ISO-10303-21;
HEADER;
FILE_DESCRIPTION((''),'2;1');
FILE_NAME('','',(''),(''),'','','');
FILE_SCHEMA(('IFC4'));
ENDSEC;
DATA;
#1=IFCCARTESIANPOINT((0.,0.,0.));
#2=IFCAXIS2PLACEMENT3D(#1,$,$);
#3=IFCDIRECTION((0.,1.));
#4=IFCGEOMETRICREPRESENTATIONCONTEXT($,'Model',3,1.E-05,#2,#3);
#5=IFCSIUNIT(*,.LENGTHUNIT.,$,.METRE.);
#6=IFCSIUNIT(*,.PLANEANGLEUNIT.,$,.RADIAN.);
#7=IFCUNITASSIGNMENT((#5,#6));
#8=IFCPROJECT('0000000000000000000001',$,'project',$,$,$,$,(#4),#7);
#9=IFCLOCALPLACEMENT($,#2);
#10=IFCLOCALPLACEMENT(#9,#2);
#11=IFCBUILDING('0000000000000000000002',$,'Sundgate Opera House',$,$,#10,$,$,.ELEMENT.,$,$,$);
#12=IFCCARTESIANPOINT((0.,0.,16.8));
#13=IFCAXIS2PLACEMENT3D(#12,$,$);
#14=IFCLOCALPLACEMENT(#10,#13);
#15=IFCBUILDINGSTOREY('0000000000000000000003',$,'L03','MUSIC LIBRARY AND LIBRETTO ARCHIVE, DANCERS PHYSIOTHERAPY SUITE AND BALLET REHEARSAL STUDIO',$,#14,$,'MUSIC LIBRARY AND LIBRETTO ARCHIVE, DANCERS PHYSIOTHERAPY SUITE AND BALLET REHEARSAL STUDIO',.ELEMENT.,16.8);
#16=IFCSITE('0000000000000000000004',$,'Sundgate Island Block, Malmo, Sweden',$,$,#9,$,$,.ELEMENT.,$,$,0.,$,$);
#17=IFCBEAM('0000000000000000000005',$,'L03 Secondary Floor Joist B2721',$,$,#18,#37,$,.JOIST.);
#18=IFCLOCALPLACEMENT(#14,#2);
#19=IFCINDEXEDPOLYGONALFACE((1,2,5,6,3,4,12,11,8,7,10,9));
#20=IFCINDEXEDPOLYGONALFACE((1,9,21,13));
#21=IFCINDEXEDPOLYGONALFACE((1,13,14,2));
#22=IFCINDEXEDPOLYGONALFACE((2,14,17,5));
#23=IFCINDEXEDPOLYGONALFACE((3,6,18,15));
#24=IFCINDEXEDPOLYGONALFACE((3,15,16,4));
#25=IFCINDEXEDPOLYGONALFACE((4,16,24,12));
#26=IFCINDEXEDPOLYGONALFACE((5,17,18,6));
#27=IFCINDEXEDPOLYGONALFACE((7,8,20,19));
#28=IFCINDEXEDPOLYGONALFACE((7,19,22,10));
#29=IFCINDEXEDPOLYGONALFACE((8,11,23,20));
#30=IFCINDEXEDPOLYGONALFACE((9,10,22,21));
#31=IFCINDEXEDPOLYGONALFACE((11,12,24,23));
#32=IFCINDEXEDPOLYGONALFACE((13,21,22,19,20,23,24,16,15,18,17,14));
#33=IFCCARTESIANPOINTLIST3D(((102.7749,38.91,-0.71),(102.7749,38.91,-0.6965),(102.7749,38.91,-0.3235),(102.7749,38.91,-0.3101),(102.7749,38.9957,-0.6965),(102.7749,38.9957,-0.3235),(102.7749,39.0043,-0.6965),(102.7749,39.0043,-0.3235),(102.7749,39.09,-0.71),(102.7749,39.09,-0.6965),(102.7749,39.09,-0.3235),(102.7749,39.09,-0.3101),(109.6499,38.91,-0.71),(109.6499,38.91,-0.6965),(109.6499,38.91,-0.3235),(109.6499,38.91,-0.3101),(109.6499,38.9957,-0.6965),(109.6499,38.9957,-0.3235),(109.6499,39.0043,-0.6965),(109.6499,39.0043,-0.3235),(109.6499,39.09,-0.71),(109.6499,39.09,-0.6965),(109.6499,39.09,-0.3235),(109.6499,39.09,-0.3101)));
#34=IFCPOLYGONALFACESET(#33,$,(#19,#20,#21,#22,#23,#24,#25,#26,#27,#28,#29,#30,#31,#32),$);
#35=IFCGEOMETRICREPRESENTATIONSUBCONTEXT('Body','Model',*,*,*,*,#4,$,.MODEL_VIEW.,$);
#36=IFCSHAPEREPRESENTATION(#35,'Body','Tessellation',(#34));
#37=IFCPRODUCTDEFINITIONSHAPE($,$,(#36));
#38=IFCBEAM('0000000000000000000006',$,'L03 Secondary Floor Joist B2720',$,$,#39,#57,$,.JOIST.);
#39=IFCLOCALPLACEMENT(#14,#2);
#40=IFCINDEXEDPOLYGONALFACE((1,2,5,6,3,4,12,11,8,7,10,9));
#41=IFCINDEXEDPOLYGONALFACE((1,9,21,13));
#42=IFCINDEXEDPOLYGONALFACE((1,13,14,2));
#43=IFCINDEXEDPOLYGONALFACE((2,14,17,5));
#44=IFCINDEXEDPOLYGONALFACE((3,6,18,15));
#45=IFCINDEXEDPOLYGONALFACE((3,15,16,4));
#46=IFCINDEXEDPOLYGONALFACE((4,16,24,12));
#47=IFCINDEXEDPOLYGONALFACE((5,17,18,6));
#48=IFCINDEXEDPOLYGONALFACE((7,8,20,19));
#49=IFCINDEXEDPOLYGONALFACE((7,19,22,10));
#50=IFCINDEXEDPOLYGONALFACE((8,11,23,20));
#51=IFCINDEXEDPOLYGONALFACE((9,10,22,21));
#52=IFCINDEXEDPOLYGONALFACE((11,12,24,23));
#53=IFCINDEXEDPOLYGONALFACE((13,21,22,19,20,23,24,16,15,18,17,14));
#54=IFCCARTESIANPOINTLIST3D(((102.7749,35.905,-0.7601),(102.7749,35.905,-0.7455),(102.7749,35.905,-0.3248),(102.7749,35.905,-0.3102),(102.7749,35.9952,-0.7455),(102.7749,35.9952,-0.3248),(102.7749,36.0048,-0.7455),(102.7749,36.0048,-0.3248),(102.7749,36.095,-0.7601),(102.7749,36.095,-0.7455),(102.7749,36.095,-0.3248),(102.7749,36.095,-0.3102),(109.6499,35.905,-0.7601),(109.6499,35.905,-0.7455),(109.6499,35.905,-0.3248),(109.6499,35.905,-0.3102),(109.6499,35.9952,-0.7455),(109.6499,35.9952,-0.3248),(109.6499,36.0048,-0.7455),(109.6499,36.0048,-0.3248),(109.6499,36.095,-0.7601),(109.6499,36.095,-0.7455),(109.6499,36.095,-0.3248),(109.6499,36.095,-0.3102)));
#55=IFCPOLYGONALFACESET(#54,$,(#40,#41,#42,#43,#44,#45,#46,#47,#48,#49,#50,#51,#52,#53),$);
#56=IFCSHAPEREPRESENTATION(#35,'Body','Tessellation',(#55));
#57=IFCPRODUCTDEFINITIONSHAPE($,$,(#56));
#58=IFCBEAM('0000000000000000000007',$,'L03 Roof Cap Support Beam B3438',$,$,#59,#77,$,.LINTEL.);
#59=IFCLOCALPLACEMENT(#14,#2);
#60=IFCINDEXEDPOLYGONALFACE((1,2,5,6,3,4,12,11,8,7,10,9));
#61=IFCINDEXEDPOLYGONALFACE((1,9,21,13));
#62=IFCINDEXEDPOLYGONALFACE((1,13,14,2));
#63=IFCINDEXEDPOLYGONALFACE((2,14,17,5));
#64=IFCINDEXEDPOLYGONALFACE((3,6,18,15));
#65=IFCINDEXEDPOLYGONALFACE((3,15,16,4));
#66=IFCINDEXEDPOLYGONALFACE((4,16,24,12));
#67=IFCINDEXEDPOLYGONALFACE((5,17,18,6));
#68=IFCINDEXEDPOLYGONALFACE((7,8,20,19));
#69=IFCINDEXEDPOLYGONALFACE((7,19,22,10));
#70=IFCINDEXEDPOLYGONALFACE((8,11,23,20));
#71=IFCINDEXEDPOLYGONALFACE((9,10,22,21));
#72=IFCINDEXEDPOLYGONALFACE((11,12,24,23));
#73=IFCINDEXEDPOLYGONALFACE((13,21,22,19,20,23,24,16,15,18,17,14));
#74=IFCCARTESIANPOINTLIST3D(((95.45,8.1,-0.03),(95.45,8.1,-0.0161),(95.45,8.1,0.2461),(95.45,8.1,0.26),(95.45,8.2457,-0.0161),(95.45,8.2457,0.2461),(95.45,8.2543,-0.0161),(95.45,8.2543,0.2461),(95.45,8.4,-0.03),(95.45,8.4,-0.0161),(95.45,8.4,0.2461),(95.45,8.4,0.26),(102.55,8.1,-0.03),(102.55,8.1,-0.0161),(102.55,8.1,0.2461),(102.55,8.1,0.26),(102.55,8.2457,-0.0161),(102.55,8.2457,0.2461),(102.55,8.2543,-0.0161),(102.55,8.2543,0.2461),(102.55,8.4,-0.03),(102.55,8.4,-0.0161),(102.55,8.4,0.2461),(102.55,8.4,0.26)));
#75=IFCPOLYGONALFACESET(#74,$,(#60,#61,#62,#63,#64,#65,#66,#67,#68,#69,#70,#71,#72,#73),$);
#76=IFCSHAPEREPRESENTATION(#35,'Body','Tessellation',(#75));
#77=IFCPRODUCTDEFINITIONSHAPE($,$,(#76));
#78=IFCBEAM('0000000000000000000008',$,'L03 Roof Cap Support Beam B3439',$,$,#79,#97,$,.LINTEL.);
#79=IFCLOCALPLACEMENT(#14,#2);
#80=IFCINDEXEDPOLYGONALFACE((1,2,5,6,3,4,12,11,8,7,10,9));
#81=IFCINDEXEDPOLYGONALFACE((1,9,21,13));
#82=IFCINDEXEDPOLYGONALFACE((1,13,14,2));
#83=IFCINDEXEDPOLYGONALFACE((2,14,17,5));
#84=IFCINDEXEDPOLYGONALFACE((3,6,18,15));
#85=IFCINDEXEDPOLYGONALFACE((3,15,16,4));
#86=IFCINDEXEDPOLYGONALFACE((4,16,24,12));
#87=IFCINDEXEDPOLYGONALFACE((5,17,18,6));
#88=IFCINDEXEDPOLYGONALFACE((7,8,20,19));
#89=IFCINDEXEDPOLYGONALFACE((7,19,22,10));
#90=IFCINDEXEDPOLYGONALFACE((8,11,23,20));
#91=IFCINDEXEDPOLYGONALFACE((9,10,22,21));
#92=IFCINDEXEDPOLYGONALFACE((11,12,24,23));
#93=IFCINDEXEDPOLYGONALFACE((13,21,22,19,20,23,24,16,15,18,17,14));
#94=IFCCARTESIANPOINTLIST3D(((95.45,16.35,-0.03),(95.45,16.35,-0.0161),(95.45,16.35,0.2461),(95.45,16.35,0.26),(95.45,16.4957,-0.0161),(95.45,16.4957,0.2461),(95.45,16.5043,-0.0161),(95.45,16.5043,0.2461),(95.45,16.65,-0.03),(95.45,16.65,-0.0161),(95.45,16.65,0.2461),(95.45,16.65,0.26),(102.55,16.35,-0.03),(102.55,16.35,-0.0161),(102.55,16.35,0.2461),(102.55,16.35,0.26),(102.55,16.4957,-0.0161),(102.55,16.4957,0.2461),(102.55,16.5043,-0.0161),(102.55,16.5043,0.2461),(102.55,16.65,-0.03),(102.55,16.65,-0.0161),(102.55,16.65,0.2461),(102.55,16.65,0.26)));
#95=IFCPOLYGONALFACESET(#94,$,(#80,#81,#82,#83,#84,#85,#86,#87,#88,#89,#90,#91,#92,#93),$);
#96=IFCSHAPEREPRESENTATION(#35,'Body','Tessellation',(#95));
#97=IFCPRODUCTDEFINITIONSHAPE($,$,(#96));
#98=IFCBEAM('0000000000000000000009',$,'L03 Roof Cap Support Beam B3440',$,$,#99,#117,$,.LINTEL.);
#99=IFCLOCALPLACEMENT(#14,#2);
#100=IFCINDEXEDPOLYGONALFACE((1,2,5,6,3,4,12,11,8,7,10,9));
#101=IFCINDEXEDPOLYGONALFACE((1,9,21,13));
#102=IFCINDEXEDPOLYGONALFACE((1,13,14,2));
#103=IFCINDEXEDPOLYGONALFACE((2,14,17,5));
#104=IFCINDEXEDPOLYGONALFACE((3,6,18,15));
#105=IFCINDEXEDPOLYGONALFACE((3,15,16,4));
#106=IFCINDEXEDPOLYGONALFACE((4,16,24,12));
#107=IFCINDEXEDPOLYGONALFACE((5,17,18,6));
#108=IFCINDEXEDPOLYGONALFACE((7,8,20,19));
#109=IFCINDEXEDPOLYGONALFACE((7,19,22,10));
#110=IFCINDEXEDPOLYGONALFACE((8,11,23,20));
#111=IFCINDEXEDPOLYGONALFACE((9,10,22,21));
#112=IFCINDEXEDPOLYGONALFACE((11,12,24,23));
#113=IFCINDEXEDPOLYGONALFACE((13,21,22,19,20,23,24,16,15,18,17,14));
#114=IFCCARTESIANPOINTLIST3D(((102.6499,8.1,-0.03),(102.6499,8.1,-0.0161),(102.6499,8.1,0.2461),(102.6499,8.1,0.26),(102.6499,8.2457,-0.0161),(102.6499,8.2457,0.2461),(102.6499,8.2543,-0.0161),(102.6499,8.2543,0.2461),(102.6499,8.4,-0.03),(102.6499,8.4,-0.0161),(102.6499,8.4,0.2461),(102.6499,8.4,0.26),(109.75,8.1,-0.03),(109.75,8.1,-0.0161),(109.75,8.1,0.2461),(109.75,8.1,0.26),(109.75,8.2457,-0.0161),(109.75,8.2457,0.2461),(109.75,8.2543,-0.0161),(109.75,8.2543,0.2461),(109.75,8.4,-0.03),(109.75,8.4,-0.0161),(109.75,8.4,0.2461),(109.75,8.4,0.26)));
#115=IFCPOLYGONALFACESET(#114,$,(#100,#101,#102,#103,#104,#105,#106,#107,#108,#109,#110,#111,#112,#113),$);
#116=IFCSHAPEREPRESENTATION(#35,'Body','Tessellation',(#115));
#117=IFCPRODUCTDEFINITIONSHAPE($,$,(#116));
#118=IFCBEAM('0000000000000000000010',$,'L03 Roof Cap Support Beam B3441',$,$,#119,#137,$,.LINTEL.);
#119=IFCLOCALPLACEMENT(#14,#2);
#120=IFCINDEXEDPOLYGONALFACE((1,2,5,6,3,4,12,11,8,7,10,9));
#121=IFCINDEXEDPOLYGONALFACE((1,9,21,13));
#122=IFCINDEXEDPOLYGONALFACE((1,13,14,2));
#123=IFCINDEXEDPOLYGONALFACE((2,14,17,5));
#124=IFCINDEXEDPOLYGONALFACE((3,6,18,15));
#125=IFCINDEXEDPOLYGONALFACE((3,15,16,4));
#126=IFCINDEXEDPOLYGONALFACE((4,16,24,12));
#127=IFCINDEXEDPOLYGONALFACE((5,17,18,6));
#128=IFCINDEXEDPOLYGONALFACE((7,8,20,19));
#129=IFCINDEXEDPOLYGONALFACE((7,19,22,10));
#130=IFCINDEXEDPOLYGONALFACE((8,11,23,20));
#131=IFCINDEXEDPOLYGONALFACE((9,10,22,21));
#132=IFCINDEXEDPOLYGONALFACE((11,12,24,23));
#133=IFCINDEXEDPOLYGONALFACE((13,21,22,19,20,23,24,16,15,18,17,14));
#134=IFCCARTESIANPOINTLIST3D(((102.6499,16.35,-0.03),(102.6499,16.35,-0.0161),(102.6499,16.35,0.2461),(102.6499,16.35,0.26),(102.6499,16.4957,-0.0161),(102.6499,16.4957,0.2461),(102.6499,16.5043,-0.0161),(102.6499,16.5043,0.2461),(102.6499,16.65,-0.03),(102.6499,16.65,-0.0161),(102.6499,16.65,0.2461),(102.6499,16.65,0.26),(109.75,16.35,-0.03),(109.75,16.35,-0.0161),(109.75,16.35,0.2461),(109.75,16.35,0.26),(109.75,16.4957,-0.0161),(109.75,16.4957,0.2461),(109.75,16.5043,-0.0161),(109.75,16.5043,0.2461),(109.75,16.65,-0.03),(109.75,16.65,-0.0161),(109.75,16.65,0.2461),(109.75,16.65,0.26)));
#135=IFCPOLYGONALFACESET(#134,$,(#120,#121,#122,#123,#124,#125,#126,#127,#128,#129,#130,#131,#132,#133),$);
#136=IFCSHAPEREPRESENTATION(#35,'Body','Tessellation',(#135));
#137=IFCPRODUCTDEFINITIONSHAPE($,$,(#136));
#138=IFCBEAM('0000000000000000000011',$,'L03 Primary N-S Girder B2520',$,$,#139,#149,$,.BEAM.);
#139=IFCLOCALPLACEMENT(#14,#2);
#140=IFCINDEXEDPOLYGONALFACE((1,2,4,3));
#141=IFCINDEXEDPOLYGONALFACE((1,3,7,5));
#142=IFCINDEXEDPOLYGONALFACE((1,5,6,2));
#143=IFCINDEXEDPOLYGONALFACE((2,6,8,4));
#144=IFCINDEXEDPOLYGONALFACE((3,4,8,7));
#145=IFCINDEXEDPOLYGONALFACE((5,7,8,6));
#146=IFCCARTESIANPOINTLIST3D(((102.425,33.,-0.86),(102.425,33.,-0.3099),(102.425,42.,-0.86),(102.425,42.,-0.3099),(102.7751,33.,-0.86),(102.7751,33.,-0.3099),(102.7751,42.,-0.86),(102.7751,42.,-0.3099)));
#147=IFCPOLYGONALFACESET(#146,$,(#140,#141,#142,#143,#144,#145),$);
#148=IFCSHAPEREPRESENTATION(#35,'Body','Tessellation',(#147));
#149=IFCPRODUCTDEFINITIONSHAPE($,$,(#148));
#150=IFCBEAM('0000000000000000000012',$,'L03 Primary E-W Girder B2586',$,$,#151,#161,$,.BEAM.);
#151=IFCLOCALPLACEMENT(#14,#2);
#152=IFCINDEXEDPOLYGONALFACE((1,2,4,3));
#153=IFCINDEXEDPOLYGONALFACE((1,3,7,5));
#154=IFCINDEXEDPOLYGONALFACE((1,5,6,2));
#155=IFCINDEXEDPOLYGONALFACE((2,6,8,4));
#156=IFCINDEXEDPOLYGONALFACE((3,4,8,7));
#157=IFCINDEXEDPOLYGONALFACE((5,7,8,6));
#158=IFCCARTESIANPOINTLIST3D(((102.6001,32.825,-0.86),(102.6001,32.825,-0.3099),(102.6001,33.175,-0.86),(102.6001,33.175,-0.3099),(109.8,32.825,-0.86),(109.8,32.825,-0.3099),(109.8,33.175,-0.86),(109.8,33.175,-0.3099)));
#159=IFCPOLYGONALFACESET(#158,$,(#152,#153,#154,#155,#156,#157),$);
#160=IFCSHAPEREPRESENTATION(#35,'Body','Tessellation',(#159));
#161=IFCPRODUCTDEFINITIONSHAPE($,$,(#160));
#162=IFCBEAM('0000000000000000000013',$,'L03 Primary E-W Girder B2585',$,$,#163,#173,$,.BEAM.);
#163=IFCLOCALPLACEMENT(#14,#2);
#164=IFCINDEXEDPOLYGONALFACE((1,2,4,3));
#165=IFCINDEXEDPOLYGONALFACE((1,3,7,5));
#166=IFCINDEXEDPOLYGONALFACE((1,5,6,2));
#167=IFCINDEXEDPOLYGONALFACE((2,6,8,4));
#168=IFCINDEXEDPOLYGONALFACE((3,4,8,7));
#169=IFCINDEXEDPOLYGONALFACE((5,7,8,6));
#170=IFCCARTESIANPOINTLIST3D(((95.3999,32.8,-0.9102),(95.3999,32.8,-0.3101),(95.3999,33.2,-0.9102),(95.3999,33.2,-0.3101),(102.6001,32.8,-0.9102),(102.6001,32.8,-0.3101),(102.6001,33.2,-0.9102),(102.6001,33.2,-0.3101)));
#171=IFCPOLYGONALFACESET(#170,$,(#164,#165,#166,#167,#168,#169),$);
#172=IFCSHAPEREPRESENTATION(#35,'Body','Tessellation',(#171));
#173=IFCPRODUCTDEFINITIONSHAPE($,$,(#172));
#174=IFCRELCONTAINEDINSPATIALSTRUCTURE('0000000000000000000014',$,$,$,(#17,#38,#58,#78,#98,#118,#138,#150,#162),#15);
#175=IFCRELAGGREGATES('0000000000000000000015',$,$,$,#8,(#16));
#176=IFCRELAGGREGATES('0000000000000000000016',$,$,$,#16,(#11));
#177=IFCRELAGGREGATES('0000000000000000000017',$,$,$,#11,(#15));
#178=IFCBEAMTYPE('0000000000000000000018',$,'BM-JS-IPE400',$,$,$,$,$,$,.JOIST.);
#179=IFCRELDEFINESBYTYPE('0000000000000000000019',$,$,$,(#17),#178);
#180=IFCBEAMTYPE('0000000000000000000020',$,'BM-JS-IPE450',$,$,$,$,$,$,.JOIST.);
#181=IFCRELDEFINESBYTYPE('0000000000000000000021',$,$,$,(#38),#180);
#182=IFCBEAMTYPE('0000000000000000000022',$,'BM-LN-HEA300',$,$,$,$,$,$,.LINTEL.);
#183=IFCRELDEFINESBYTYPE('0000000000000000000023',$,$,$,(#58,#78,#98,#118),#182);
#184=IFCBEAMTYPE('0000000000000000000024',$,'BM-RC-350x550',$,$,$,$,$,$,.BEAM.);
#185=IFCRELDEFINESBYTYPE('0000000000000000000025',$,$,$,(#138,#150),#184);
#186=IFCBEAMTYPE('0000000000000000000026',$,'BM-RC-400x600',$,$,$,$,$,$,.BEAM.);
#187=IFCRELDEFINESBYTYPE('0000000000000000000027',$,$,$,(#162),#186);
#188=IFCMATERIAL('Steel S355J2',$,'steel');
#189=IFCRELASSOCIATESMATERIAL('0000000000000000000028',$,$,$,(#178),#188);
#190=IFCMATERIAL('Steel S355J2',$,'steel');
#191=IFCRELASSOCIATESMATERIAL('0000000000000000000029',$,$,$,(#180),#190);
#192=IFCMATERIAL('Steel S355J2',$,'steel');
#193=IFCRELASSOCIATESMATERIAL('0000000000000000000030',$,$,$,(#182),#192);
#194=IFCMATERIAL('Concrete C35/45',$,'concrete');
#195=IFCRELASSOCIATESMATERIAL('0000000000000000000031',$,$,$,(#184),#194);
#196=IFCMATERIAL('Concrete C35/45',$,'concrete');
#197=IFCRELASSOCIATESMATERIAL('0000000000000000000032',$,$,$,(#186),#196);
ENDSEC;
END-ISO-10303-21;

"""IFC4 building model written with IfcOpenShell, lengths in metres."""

from ifc_helpers import new_model, si_unit, direction, frame, origin, origin_2d, place, context, subcontext, project, spatial, rectangle, i_section, extrude, material, material_profile, profile_set, type_object, element, save


model = new_model("IFC4")

# Units and contexts
model_context = context("Model", 3, precision=1e-05, world=origin(), true_north=direction((0.0, 1.0)))
body_context = subcontext(model_context, "Body", "Model", "MODEL_VIEW")
ifc_project = project(units=[si_unit("LENGTHUNIT", "METRE"), si_unit("PLANEANGLEUNIT", "RADIAN")], contexts=[model_context])

# Site, building, storey
site_placement = place(None, origin())
site = spatial("IfcSite", under=ifc_project, at=site_placement, Name="Sundgate Island Block, Malmo, Sweden", CompositionType="ELEMENT", RefElevation=0.0)
building_placement = place(site_placement, origin())
building = spatial("IfcBuilding", under=site, at=building_placement, Name="Sundgate Opera House", CompositionType="ELEMENT")
storey_placement = place(building_placement, frame((0.0, 0.0, 16.8)))
storey = spatial("IfcBuildingStorey", under=building, at=storey_placement, Name="L03", Description="MUSIC LIBRARY AND LIBRETTO ARCHIVE, DANCERS PHYSIOTHERAPY SUITE AND BALLET REHEARSAL STUDIO", LongName="MUSIC LIBRARY AND LIBRETTO ARCHIVE, DANCERS PHYSIOTHERAPY SUITE AND BALLET REHEARSAL STUDIO", CompositionType="ELEMENT", Elevation=16.8)

# Beams
ifc_material_1 = material(Name="Steel S355J2", Category="steel")
ifc_material_profile_1 = material_profile(ifc_material_1, i_section(OverallWidth=0.1799, OverallDepth=0.3999, WebThickness=0.0085, FlangeThickness=0.0134, at=origin_2d()), Name="IPE 400")
ifc_profile_set_1 = profile_set([ifc_material_profile_1], Name="Steel S355J2")
beam_type_1 = type_object("IfcBeamType", Name="BM-JS-IPE400", PredefinedType="JOIST", material=ifc_profile_set_1)
beam_1_placement = place(storey_placement, frame((102.7749, 39.0, -0.51), z_axis=(1.0, 0.0, 0.0), x_axis=(0.0, 1.0, 0.0)))
element("IfcBeam", 1, at=beam_1_placement, inside=storey, type_object=beam_type_1, Name="L03 Secondary Floor Joist B2721", PredefinedType="JOIST", context=body_context, shape_type="SweptSolid", body=[
    extrude(i_section(OverallWidth=0.1799, OverallDepth=0.3999, WebThickness=0.0085, FlangeThickness=0.0134, at=origin_2d()), origin(), (0.0, 0.0, 1.0), 6.875),
])
ifc_material_2 = material(Name="Steel S355J2", Category="steel")
ifc_material_profile_2 = material_profile(ifc_material_2, i_section(OverallWidth=0.1899, OverallDepth=0.45, WebThickness=0.0095, FlangeThickness=0.0146, at=origin_2d()), Name="IPE 450")
ifc_profile_set_2 = profile_set([ifc_material_profile_2], Name="Steel S355J2")
beam_type_2 = type_object("IfcBeamType", Name="BM-JS-IPE450", PredefinedType="JOIST", material=ifc_profile_set_2)
beam_2_placement = place(storey_placement, frame((102.7749, 36.0, -0.5352), z_axis=(1.0, 0.0, 0.0), x_axis=(0.0, 1.0, 0.0)))
element("IfcBeam", 2, at=beam_2_placement, inside=storey, type_object=beam_type_2, Name="L03 Secondary Floor Joist B2720", PredefinedType="JOIST", context=body_context, shape_type="SweptSolid", body=[
    extrude(i_section(OverallWidth=0.1899, OverallDepth=0.45, WebThickness=0.0095, FlangeThickness=0.0146, at=origin_2d()), origin(), (0.0, 0.0, 1.0), 6.875),
])
ifc_material_3 = material(Name="Steel S355J2", Category="steel")
ifc_material_profile_3 = material_profile(ifc_material_3, i_section(OverallWidth=0.3, OverallDepth=0.29, WebThickness=0.0085, FlangeThickness=0.0139, at=origin_2d()), Name="HEA 300")
ifc_profile_set_3 = profile_set([ifc_material_profile_3], Name="Steel S355J2")
beam_type_3 = type_object("IfcBeamType", Name="BM-LN-HEA300", PredefinedType="LINTEL", material=ifc_profile_set_3)
for number, where, z_axis, x_axis, name in (
    (3, (95.45, 8.25, 0.115), (1.0, 0.0, 0.0), (0.0, 1.0, 0.0), "L03 Roof Cap Support Beam B3438"),
    (4, (95.45, 16.5, 0.115), (1.0, 0.0, 0.0), (0.0, 1.0, 0.0), "L03 Roof Cap Support Beam B3439"),
    (5, (102.6499, 8.25, 0.115), (1.0, 0.0, 0.0), (0.0, 1.0, 0.0), "L03 Roof Cap Support Beam B3440"),
    (6, (102.6499, 16.5, 0.115), (1.0, 0.0, 0.0), (0.0, 1.0, 0.0), "L03 Roof Cap Support Beam B3441"),
):
    element("IfcBeam", number, at=place(storey_placement, frame(where, z_axis=z_axis, x_axis=x_axis)), inside=storey, type_object=beam_type_3, Name=name, PredefinedType="LINTEL", context=body_context, shape_type="SweptSolid", body=[
        extrude(i_section(OverallWidth=0.3, OverallDepth=0.29, WebThickness=0.0085, FlangeThickness=0.0139, at=origin_2d()), origin(), (0.0, 0.0, 1.0), 7.1001),
    ])
ifc_material_4 = material(Name="Concrete C35/45", Category="concrete")
ifc_material_profile_4 = material_profile(ifc_material_4, rectangle(XDim=0.3501, YDim=0.55, at=origin_2d()), Name="RC 350x550")
ifc_profile_set_4 = profile_set([ifc_material_profile_4], Name="Concrete C35/45")
beam_type_4 = type_object("IfcBeamType", Name="BM-RC-350x550", PredefinedType="BEAM", material=ifc_profile_set_4)
beam_3_placement = place(storey_placement, frame((102.6001, 33.0, -0.585), z_axis=(0.0, 1.0, 0.0), x_axis=(-1.0, 0.0, 0.0)))
element("IfcBeam", 7, at=beam_3_placement, inside=storey, type_object=beam_type_4, Name="L03 Primary N-S Girder B2520", PredefinedType="BEAM", context=body_context, shape_type="SweptSolid", body=[
    extrude(rectangle(XDim=0.3501, YDim=0.55, at=origin_2d()), origin(), (0.0, 0.0, 1.0), 9.0),
])
beam_4_placement = place(storey_placement, frame((102.6001, 33.0, -0.585), z_axis=(1.0, 0.0, 0.0), x_axis=(0.0, 1.0, 0.0)))
element("IfcBeam", 8, at=beam_4_placement, inside=storey, type_object=beam_type_4, Name="L03 Primary E-W Girder B2586", PredefinedType="BEAM", context=body_context, shape_type="SweptSolid", body=[
    extrude(rectangle(XDim=0.3501, YDim=0.55, at=origin_2d()), origin(), (0.0, 0.0, 1.0), 7.2),
])
ifc_material_5 = material(Name="Concrete C35/45", Category="concrete")
ifc_material_profile_5 = material_profile(ifc_material_5, rectangle(XDim=0.3999, YDim=0.6001, at=origin_2d()), Name="RC 400x600")
ifc_profile_set_5 = profile_set([ifc_material_profile_5], Name="Concrete C35/45")
beam_type_5 = type_object("IfcBeamType", Name="BM-RC-400x600", PredefinedType="BEAM", material=ifc_profile_set_5)
beam_5_placement = place(storey_placement, frame((95.3999, 33.0, -0.6101), z_axis=(1.0, 0.0, 0.0), x_axis=(0.0, 1.0, 0.0)))
element("IfcBeam", 9, at=beam_5_placement, inside=storey, type_object=beam_type_5, Name="L03 Primary E-W Girder B2585", PredefinedType="BEAM", context=body_context, shape_type="SweptSolid", body=[
    extrude(rectangle(XDim=0.3999, YDim=0.6001, at=origin_2d()), origin(), (0.0, 0.0, 1.0), 7.2002),
])

save(model, "model.ifc")
